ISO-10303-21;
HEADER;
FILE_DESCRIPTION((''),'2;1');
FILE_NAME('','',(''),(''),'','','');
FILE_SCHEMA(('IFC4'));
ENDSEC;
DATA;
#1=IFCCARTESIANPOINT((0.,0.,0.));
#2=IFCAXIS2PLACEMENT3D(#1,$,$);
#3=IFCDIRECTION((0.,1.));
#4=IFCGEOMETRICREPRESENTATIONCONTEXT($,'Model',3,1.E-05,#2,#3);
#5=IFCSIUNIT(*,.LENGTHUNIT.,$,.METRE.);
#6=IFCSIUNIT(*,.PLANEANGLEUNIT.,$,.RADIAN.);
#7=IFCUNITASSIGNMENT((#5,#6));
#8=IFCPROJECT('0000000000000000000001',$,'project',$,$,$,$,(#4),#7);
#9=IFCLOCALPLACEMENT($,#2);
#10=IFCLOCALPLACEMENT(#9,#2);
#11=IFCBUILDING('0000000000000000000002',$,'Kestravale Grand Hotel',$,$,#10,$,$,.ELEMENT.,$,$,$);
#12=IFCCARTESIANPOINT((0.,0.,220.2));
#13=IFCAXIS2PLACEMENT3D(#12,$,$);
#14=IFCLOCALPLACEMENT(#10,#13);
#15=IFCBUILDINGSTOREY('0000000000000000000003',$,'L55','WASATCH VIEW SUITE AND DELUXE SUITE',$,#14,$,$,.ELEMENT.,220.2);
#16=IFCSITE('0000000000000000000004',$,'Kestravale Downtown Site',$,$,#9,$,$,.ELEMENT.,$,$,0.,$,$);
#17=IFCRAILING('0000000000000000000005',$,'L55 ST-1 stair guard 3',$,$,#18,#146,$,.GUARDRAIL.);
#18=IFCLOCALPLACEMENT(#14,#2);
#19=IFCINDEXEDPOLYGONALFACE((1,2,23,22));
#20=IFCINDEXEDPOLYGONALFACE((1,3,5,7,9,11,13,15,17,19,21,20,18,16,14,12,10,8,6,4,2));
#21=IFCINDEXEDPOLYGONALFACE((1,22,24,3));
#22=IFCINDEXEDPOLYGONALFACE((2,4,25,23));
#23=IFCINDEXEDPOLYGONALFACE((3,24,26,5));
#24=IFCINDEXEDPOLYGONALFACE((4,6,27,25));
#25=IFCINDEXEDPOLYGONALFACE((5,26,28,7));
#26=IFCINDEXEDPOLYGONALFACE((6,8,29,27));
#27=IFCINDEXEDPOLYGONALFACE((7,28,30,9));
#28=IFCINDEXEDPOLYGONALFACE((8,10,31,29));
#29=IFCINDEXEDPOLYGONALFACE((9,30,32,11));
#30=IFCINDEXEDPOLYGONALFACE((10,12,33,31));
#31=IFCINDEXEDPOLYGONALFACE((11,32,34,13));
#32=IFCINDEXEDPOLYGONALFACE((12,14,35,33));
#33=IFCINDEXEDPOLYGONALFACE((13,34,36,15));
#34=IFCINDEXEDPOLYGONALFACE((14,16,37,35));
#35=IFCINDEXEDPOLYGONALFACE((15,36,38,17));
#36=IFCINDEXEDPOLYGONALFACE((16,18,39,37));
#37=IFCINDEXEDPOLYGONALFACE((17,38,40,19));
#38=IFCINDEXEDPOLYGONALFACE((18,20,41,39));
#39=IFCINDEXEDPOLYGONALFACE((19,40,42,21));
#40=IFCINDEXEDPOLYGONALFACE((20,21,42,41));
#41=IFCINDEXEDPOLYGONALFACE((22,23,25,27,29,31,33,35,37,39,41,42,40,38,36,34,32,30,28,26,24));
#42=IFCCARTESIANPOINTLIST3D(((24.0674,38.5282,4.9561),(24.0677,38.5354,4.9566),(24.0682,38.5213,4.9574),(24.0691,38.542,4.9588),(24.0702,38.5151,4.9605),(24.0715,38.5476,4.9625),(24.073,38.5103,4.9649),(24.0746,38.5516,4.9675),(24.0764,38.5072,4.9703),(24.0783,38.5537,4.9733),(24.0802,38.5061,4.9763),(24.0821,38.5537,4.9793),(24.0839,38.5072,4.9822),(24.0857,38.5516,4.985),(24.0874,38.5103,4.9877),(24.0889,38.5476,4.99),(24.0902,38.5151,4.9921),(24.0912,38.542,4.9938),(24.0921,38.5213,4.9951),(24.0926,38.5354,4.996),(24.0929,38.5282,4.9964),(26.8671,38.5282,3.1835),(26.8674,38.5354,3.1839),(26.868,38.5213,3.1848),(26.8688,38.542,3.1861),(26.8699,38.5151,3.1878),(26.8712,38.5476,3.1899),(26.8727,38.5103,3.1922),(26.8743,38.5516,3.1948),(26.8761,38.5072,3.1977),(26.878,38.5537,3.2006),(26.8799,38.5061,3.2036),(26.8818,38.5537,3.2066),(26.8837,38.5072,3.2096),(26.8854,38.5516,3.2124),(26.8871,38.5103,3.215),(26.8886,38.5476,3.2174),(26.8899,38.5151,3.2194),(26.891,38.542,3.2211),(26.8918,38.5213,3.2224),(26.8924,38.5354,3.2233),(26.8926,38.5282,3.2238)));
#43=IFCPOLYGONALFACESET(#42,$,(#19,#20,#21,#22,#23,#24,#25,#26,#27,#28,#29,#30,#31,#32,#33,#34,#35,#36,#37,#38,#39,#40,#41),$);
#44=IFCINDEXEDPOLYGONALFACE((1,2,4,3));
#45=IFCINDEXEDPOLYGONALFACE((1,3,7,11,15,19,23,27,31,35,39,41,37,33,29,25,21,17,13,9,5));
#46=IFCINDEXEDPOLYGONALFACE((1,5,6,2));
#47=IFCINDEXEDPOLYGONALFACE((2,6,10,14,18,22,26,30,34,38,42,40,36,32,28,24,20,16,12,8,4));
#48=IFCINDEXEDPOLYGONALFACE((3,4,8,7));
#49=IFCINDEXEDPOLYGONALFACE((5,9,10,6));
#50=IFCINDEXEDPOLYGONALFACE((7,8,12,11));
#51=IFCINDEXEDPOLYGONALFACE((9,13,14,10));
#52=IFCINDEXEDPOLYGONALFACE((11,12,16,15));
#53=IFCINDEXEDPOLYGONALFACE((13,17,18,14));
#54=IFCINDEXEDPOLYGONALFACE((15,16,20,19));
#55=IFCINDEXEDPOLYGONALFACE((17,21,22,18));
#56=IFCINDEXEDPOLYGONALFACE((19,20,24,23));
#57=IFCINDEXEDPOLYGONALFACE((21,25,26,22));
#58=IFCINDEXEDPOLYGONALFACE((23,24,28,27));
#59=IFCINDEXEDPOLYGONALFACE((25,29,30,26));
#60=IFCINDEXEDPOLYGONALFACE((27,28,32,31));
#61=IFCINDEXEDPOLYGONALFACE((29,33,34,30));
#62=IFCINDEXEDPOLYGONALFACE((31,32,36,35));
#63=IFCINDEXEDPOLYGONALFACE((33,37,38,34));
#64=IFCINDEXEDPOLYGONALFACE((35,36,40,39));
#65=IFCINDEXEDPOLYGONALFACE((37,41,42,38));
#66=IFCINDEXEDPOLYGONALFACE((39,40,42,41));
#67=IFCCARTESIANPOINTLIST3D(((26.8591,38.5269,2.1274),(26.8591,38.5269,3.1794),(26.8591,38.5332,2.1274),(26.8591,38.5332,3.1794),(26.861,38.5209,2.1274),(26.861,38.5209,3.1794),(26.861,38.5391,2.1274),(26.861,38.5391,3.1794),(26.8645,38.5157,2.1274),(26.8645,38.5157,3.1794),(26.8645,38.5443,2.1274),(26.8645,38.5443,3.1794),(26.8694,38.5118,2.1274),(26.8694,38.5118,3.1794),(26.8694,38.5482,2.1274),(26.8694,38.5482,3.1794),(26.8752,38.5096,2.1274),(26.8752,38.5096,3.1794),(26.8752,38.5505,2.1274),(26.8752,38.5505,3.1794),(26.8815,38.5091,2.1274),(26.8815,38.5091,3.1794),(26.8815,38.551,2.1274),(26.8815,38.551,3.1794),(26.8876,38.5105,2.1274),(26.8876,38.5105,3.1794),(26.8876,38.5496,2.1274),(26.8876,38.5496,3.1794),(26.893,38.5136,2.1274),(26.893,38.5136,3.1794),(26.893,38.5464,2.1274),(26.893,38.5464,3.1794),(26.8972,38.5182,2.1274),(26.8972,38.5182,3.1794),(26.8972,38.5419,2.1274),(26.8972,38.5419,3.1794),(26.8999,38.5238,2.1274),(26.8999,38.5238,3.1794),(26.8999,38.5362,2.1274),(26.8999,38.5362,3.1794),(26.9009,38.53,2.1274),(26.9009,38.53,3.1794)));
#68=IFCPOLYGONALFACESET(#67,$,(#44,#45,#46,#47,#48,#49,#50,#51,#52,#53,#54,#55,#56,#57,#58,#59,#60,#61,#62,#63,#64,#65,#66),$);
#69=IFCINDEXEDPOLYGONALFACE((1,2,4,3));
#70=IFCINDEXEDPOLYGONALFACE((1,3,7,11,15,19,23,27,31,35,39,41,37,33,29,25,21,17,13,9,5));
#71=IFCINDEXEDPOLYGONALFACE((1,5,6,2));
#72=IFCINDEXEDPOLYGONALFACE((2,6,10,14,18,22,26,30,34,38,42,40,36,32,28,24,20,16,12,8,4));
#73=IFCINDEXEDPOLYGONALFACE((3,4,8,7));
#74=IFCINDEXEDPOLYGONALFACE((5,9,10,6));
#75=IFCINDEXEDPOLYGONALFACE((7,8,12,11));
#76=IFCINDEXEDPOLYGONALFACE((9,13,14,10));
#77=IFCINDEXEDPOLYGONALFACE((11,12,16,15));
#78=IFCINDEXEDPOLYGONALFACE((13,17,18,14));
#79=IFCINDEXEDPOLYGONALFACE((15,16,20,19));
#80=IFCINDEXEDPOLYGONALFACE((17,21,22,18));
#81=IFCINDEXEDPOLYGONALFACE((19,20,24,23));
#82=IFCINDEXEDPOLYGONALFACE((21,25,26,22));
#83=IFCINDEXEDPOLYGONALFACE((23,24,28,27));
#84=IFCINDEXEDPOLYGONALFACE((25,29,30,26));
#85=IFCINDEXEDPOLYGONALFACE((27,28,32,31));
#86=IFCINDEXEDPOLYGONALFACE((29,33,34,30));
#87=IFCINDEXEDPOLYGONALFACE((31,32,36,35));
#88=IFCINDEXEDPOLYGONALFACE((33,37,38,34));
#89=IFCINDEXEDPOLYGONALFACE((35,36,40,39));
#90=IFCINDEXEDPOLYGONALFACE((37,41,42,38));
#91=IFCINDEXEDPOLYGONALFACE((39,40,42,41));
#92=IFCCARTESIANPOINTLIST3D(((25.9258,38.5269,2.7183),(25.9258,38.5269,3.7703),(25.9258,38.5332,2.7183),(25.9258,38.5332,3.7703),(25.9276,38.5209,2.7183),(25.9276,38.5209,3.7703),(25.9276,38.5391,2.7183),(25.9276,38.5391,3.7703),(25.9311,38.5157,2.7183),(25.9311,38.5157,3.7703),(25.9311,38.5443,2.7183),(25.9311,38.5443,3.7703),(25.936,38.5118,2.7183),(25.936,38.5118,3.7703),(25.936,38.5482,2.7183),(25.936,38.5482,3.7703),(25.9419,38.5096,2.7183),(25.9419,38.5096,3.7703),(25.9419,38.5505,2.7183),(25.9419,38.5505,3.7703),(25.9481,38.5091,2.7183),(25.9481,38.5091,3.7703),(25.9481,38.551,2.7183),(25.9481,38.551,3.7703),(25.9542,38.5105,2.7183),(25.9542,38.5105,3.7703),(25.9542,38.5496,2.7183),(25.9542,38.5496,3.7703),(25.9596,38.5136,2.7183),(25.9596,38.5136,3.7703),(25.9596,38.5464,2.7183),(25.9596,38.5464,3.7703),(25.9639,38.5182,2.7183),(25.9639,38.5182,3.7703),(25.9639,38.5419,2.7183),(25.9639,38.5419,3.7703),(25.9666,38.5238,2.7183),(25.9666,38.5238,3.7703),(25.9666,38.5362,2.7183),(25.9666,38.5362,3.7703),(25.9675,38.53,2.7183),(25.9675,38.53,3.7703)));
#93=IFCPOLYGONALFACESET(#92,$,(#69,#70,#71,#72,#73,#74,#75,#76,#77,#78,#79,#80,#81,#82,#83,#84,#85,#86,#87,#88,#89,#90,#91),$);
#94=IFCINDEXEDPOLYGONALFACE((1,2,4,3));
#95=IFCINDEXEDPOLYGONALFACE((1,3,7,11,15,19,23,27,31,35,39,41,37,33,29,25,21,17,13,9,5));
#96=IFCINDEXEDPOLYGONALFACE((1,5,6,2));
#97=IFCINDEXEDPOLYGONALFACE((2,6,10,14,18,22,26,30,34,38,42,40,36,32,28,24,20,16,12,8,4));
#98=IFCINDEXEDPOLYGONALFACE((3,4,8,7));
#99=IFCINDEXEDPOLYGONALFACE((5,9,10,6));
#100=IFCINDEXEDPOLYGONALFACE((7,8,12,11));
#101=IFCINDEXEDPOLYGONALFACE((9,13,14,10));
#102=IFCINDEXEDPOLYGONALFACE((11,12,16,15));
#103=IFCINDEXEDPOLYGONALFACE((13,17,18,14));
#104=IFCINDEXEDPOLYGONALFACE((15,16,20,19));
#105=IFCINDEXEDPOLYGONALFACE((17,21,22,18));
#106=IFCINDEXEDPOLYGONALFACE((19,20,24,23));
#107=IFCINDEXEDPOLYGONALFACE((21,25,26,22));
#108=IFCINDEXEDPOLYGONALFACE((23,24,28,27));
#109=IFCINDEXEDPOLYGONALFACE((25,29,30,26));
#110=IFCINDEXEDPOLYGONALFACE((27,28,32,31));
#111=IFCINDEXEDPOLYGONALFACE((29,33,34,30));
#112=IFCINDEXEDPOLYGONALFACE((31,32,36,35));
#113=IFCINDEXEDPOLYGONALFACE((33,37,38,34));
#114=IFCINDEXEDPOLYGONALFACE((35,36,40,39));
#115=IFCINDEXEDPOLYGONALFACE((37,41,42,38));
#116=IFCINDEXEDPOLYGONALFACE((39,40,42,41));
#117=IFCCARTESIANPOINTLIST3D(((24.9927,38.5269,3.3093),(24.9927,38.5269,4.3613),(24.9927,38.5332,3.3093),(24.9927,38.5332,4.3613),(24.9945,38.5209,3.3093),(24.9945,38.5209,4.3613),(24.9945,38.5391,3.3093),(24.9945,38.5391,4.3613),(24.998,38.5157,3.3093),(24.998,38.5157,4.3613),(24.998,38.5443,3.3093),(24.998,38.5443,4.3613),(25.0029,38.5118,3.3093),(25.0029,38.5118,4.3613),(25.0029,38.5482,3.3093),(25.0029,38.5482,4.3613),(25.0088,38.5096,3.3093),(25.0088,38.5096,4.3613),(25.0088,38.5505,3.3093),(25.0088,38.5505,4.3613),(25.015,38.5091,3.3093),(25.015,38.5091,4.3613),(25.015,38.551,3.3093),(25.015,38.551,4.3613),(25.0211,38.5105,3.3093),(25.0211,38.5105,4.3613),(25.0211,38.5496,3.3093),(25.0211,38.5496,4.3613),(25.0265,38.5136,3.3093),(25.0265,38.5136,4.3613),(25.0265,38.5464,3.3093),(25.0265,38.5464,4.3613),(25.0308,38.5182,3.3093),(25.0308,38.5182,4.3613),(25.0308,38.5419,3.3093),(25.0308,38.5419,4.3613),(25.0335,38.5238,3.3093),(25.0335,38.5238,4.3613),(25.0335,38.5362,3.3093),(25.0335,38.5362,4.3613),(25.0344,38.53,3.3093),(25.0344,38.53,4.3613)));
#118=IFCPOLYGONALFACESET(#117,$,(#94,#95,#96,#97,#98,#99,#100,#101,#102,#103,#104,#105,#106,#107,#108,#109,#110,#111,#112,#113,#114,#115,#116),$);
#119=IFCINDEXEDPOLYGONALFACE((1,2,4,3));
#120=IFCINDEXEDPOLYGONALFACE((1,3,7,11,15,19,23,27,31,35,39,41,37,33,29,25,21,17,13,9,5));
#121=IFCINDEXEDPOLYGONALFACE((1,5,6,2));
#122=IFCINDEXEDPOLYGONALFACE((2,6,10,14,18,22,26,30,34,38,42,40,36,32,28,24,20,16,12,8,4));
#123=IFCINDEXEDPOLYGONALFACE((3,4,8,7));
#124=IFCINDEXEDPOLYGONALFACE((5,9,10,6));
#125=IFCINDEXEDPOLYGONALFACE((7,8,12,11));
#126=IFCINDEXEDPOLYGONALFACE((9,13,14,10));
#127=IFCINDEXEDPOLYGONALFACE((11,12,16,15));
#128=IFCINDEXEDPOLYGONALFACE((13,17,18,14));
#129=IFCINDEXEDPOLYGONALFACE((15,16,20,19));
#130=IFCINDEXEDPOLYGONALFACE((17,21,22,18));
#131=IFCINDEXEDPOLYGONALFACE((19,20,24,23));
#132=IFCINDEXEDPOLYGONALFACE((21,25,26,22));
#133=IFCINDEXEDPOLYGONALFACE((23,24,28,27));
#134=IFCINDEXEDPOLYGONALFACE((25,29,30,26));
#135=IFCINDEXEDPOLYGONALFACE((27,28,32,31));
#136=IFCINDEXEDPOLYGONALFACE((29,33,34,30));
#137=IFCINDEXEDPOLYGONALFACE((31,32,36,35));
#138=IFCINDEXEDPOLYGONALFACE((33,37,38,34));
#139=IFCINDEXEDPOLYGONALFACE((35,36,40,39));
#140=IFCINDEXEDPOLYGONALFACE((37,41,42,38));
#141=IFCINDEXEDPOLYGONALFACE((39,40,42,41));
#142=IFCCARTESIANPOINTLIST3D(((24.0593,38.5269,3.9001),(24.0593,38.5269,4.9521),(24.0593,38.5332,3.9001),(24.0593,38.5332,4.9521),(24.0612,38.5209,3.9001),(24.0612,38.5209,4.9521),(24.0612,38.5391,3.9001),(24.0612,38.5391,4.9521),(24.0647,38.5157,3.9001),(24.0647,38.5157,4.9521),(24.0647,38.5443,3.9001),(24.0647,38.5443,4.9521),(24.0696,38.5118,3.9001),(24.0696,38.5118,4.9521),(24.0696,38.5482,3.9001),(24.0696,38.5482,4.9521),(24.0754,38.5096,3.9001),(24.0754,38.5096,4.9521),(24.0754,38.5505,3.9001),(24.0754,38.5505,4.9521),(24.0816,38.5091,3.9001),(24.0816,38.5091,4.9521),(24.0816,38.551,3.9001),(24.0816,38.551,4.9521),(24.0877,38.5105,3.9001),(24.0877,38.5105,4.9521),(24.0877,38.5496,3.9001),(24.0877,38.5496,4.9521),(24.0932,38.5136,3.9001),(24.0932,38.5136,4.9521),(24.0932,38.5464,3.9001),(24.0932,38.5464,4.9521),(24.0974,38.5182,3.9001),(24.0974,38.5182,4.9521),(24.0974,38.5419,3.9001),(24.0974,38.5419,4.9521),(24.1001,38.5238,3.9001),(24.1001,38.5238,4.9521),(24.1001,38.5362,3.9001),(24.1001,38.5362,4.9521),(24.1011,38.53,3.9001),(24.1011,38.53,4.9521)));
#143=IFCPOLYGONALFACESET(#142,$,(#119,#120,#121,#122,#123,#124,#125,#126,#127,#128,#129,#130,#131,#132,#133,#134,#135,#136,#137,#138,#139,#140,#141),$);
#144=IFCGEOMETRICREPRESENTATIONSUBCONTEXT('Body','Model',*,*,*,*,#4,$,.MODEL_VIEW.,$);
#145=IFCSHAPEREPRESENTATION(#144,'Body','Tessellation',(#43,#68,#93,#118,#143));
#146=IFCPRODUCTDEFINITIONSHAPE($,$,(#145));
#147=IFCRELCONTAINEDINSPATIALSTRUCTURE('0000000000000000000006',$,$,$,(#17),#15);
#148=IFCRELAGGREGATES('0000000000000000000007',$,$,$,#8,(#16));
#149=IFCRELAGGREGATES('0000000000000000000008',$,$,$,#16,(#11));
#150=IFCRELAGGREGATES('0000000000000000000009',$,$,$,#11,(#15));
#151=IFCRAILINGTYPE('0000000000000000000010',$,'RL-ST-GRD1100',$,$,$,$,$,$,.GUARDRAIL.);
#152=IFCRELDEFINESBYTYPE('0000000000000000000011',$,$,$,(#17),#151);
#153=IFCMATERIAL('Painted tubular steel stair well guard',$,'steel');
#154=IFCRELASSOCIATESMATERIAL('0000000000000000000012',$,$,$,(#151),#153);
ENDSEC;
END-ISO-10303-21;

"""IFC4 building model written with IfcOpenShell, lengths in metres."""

from ifc_helpers import new_model, si_unit, direction, frame, origin, origin_2d, place, context, subcontext, project, spatial, circle, extrude, material, type_object, element, save


model = new_model("IFC4")

# Units and contexts
model_context = context("Model", 3, precision=1e-05, world=origin(), true_north=direction((0.0, 1.0)))
body_context = subcontext(model_context, "Body", "Model", "MODEL_VIEW")
ifc_project = project(units=[si_unit("LENGTHUNIT", "METRE"), si_unit("PLANEANGLEUNIT", "RADIAN")], contexts=[model_context])

# Site, building, storey
site_placement = place(None, origin())
site = spatial("IfcSite", under=ifc_project, at=site_placement, Name="Kestravale Downtown Site", CompositionType="ELEMENT", RefElevation=0.0)
building_placement = place(site_placement, origin())
building = spatial("IfcBuilding", under=site, at=building_placement, Name="Kestravale Grand Hotel", CompositionType="ELEMENT")
storey_placement = place(building_placement, frame((0.0, 0.0, 220.2)))
storey = spatial("IfcBuildingStorey", under=building, at=storey_placement, Name="L55", Description="WASATCH VIEW SUITE AND DELUXE SUITE", CompositionType="ELEMENT", Elevation=220.2)

# Railing
ifc_material_1 = material(Name="Painted tubular steel stair well guard", Category="steel")
railing_type_1 = type_object("IfcRailingType", Name="RL-ST-GRD1100", PredefinedType="GUARDRAIL", material=ifc_material_1)
railing_1_placement = place(storey_placement, frame((26.8799, 38.53, 2.1274)))
element("IfcRailing", 1, at=railing_1_placement, inside=storey, type_object=railing_type_1, Name="L55 ST-1 stair guard 3", PredefinedType="GUARDRAIL", context=body_context, shape_type="SweptSolid", body=[
    extrude(circle(Radius=0.0239, at=origin_2d()), frame((0.0, 0.0, 1.0762), z_axis=(-0.844888, 0.0, 0.534943), x_axis=(0.0, -1.0, 0.0)), (0.0, 0.0, 1.0), 3.3137),
    extrude(circle(Radius=0.021, at=origin_2d()), origin(), (0.0, 0.0, 1.0), 1.052),
    extrude(circle(Radius=0.021, at=origin_2d()), frame((-0.9333, 0.0, 0.5908)), (0.0, 0.0, 1.0), 1.052),
    extrude(circle(Radius=0.021, at=origin_2d()), frame((-1.8665, 0.0, 1.1819)), (0.0, 0.0, 1.0), 1.052),
    extrude(circle(Radius=0.021, at=origin_2d()), frame((-2.7998, 0.0, 1.7727)), (0.0, 0.0, 1.0), 1.052),
])

save(model, "model.ifc")
